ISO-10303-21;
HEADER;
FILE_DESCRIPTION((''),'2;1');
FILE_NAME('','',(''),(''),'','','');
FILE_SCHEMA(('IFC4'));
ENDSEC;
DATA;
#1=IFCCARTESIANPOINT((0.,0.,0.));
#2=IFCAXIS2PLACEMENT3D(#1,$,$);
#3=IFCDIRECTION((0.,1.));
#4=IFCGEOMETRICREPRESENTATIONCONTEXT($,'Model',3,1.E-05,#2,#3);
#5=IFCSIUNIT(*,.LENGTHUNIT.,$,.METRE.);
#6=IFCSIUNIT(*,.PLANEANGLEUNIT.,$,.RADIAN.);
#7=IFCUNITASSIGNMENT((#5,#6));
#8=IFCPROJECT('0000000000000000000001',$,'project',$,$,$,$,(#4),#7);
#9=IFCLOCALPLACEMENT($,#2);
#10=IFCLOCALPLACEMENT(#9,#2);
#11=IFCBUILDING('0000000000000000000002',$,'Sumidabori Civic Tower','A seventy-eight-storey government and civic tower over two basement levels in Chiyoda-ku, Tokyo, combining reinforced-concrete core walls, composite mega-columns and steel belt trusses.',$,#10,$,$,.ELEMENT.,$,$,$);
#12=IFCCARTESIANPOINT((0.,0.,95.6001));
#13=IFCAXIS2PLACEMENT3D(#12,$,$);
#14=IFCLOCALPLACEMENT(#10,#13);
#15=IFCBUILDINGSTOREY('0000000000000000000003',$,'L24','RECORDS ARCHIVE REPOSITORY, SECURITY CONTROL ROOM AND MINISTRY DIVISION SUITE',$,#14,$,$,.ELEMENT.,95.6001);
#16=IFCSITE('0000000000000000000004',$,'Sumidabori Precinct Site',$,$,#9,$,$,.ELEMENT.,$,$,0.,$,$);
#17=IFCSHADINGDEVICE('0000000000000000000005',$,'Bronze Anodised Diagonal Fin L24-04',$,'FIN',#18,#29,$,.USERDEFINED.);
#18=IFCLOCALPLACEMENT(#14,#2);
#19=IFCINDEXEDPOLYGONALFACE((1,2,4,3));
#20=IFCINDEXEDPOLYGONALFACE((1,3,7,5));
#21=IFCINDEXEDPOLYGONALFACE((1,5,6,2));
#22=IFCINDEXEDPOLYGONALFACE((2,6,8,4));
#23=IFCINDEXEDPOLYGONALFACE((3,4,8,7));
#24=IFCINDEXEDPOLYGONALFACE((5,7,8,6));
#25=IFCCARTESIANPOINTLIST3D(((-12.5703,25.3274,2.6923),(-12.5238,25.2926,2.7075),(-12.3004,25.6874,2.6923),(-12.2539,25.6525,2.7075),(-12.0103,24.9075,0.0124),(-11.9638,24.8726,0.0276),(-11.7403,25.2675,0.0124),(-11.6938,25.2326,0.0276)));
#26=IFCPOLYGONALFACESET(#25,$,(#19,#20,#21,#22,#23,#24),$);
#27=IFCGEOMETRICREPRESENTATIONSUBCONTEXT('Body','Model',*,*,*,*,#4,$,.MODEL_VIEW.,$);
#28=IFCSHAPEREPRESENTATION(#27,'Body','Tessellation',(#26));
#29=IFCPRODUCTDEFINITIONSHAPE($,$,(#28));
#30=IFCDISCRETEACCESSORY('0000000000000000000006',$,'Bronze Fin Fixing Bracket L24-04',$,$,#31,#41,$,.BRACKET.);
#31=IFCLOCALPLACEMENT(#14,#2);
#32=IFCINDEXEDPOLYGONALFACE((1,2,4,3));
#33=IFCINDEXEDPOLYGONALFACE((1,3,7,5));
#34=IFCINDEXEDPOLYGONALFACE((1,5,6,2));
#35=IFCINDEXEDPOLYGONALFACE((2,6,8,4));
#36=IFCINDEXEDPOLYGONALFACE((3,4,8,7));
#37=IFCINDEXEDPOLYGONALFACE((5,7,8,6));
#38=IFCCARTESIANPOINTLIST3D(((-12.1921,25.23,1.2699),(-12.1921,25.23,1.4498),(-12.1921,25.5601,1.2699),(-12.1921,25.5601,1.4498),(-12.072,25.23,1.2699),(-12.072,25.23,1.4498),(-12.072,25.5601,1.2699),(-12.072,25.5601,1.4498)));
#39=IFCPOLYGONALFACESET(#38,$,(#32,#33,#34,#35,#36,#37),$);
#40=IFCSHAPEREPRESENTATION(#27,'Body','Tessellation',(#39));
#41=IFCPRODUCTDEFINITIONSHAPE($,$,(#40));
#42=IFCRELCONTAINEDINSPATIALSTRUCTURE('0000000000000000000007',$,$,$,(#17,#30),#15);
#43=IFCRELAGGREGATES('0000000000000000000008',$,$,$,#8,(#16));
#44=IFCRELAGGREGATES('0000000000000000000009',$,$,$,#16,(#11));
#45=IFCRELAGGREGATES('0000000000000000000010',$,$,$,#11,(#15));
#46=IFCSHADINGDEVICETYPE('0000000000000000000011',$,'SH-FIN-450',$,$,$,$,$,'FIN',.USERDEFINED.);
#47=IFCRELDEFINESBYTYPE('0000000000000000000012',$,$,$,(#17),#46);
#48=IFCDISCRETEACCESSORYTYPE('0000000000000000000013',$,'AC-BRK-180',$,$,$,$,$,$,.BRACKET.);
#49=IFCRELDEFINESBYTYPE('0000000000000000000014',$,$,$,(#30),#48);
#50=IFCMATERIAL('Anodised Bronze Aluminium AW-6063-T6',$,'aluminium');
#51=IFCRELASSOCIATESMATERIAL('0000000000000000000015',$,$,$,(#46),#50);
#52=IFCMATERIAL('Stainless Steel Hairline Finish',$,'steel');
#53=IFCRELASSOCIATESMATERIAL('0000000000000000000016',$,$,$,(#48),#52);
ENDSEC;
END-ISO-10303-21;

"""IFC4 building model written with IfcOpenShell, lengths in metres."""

from ifc_helpers import new_model, si_unit, direction, frame, origin, origin_2d, place, context, subcontext, project, spatial, rectangle, extrude, source, transform, mapped, material, material_profile, profile_set, type_object, element, save


model = new_model("IFC4")

# Units and contexts
model_context = context("Model", 3, precision=1e-05, world=origin(), true_north=direction((0.0, 1.0)))
body_context = subcontext(model_context, "Body", "Model", "MODEL_VIEW")
ifc_project = project(units=[si_unit("LENGTHUNIT", "METRE"), si_unit("PLANEANGLEUNIT", "RADIAN")], contexts=[model_context])

# Site, building, storey
site_placement = place(None, origin())
site = spatial("IfcSite", under=ifc_project, at=site_placement, Name="Sumidabori Precinct Site", CompositionType="ELEMENT", RefElevation=0.0)
building_placement = place(site_placement, origin())
building = spatial("IfcBuilding", under=site, at=building_placement, Name="Sumidabori Civic Tower", Description="A seventy-eight-storey government and civic tower over two basement levels in Chiyoda-ku, Tokyo, combining reinforced-concrete core walls, composite mega-columns and steel belt trusses.", CompositionType="ELEMENT")
storey_placement = place(building_placement, frame((0.0, 0.0, 95.6001)))
storey = spatial("IfcBuildingStorey", under=building, at=storey_placement, Name="L24", Description="RECORDS ARCHIVE REPOSITORY, SECURITY CONTROL ROOM AND MINISTRY DIVISION SUITE", CompositionType="ELEMENT", Elevation=95.6001)

# Shared definitions
ifc_material_1 = material(Name="Anodised Bronze Aluminium AW-6063-T6", Category="aluminium")

# Shared definitions
ifc_material_2 = material(Name="Stainless Steel Hairline Finish", Category="steel")

# Shading device
ifc_material_profile_1 = material_profile(ifc_material_1, rectangle(XDim=0.0601, YDim=0.45, at=origin_2d()), Name="BRONZE FIN 450x60")
ifc_profile_set_1 = profile_set([ifc_material_profile_1], Name="Anodised Bronze Aluminium AW-6063-T6")
shading_device_type = type_object("IfcShadingDeviceType", Name="SH-FIN-450", ElementType="FIN", PredefinedType="USERDEFINED", material=ifc_profile_set_1)
shared_shape_1 = source(origin(), body_context, "Body", "SweptSolid", [
    extrude(rectangle(XDim=0.0601, YDim=0.45, at=origin_2d()), origin(), (0.0, 0.0, 1.0), 2.7698),
])
shading_device_placement = place(storey_placement, frame((-11.8521, 25.0701, 0.02), z_axis=(-0.202199, 0.151605, 0.967539), x_axis=(0.774112, -0.580415, 0.252722)))
element("IfcShadingDevice", 1, at=shading_device_placement, inside=storey, type_object=shading_device_type, Name="Bronze Anodised Diagonal Fin L24-04", ObjectType="FIN", PredefinedType="USERDEFINED", context=body_context, shape_type="MappedRepresentation", body=[
    mapped(shared_shape_1, transform((0.0, 0.0, 0.0), x_axis=(1.0, 0.0, 0.0), y_axis=(0.0, 1.0, 0.0), z_axis=(0.0, 0.0, 1.0), scale=1.0)),
])

# Discrete accessory
ifc_material_profile_2 = material_profile(ifc_material_2, rectangle(XDim=0.1201, YDim=0.1799, at=origin_2d()), Name="STEEL BRACKET 180x120")
ifc_profile_set_2 = profile_set([ifc_material_profile_2], Name="Stainless Steel Hairline Finish")
discrete_accessory_type = type_object("IfcDiscreteAccessoryType", Name="AC-BRK-180", PredefinedType="BRACKET", material=ifc_profile_set_2)
shared_shape_2 = source(origin(), body_context, "Body", "SweptSolid", [
    extrude(rectangle(XDim=0.1201, YDim=0.1799, at=origin_2d()), origin(), (0.0, 0.0, 1.0), 0.3301),
])
discrete_accessory_placement = place(storey_placement, frame((-12.1321, 25.23, 1.3599), z_axis=(0.0, 1.0, 0.0), x_axis=(-1.0, 0.0, 0.0)))
element("IfcDiscreteAccessory", 2, at=discrete_accessory_placement, inside=storey, type_object=discrete_accessory_type, Name="Bronze Fin Fixing Bracket L24-04", PredefinedType="BRACKET", context=body_context, shape_type="MappedRepresentation", body=[
    mapped(shared_shape_2, transform((0.0, 0.0, 0.0), x_axis=(1.0, 0.0, 0.0), y_axis=(0.0, 1.0, 0.0), z_axis=(0.0, 0.0, 1.0), scale=1.0)),
])

save(model, "model.ifc")
